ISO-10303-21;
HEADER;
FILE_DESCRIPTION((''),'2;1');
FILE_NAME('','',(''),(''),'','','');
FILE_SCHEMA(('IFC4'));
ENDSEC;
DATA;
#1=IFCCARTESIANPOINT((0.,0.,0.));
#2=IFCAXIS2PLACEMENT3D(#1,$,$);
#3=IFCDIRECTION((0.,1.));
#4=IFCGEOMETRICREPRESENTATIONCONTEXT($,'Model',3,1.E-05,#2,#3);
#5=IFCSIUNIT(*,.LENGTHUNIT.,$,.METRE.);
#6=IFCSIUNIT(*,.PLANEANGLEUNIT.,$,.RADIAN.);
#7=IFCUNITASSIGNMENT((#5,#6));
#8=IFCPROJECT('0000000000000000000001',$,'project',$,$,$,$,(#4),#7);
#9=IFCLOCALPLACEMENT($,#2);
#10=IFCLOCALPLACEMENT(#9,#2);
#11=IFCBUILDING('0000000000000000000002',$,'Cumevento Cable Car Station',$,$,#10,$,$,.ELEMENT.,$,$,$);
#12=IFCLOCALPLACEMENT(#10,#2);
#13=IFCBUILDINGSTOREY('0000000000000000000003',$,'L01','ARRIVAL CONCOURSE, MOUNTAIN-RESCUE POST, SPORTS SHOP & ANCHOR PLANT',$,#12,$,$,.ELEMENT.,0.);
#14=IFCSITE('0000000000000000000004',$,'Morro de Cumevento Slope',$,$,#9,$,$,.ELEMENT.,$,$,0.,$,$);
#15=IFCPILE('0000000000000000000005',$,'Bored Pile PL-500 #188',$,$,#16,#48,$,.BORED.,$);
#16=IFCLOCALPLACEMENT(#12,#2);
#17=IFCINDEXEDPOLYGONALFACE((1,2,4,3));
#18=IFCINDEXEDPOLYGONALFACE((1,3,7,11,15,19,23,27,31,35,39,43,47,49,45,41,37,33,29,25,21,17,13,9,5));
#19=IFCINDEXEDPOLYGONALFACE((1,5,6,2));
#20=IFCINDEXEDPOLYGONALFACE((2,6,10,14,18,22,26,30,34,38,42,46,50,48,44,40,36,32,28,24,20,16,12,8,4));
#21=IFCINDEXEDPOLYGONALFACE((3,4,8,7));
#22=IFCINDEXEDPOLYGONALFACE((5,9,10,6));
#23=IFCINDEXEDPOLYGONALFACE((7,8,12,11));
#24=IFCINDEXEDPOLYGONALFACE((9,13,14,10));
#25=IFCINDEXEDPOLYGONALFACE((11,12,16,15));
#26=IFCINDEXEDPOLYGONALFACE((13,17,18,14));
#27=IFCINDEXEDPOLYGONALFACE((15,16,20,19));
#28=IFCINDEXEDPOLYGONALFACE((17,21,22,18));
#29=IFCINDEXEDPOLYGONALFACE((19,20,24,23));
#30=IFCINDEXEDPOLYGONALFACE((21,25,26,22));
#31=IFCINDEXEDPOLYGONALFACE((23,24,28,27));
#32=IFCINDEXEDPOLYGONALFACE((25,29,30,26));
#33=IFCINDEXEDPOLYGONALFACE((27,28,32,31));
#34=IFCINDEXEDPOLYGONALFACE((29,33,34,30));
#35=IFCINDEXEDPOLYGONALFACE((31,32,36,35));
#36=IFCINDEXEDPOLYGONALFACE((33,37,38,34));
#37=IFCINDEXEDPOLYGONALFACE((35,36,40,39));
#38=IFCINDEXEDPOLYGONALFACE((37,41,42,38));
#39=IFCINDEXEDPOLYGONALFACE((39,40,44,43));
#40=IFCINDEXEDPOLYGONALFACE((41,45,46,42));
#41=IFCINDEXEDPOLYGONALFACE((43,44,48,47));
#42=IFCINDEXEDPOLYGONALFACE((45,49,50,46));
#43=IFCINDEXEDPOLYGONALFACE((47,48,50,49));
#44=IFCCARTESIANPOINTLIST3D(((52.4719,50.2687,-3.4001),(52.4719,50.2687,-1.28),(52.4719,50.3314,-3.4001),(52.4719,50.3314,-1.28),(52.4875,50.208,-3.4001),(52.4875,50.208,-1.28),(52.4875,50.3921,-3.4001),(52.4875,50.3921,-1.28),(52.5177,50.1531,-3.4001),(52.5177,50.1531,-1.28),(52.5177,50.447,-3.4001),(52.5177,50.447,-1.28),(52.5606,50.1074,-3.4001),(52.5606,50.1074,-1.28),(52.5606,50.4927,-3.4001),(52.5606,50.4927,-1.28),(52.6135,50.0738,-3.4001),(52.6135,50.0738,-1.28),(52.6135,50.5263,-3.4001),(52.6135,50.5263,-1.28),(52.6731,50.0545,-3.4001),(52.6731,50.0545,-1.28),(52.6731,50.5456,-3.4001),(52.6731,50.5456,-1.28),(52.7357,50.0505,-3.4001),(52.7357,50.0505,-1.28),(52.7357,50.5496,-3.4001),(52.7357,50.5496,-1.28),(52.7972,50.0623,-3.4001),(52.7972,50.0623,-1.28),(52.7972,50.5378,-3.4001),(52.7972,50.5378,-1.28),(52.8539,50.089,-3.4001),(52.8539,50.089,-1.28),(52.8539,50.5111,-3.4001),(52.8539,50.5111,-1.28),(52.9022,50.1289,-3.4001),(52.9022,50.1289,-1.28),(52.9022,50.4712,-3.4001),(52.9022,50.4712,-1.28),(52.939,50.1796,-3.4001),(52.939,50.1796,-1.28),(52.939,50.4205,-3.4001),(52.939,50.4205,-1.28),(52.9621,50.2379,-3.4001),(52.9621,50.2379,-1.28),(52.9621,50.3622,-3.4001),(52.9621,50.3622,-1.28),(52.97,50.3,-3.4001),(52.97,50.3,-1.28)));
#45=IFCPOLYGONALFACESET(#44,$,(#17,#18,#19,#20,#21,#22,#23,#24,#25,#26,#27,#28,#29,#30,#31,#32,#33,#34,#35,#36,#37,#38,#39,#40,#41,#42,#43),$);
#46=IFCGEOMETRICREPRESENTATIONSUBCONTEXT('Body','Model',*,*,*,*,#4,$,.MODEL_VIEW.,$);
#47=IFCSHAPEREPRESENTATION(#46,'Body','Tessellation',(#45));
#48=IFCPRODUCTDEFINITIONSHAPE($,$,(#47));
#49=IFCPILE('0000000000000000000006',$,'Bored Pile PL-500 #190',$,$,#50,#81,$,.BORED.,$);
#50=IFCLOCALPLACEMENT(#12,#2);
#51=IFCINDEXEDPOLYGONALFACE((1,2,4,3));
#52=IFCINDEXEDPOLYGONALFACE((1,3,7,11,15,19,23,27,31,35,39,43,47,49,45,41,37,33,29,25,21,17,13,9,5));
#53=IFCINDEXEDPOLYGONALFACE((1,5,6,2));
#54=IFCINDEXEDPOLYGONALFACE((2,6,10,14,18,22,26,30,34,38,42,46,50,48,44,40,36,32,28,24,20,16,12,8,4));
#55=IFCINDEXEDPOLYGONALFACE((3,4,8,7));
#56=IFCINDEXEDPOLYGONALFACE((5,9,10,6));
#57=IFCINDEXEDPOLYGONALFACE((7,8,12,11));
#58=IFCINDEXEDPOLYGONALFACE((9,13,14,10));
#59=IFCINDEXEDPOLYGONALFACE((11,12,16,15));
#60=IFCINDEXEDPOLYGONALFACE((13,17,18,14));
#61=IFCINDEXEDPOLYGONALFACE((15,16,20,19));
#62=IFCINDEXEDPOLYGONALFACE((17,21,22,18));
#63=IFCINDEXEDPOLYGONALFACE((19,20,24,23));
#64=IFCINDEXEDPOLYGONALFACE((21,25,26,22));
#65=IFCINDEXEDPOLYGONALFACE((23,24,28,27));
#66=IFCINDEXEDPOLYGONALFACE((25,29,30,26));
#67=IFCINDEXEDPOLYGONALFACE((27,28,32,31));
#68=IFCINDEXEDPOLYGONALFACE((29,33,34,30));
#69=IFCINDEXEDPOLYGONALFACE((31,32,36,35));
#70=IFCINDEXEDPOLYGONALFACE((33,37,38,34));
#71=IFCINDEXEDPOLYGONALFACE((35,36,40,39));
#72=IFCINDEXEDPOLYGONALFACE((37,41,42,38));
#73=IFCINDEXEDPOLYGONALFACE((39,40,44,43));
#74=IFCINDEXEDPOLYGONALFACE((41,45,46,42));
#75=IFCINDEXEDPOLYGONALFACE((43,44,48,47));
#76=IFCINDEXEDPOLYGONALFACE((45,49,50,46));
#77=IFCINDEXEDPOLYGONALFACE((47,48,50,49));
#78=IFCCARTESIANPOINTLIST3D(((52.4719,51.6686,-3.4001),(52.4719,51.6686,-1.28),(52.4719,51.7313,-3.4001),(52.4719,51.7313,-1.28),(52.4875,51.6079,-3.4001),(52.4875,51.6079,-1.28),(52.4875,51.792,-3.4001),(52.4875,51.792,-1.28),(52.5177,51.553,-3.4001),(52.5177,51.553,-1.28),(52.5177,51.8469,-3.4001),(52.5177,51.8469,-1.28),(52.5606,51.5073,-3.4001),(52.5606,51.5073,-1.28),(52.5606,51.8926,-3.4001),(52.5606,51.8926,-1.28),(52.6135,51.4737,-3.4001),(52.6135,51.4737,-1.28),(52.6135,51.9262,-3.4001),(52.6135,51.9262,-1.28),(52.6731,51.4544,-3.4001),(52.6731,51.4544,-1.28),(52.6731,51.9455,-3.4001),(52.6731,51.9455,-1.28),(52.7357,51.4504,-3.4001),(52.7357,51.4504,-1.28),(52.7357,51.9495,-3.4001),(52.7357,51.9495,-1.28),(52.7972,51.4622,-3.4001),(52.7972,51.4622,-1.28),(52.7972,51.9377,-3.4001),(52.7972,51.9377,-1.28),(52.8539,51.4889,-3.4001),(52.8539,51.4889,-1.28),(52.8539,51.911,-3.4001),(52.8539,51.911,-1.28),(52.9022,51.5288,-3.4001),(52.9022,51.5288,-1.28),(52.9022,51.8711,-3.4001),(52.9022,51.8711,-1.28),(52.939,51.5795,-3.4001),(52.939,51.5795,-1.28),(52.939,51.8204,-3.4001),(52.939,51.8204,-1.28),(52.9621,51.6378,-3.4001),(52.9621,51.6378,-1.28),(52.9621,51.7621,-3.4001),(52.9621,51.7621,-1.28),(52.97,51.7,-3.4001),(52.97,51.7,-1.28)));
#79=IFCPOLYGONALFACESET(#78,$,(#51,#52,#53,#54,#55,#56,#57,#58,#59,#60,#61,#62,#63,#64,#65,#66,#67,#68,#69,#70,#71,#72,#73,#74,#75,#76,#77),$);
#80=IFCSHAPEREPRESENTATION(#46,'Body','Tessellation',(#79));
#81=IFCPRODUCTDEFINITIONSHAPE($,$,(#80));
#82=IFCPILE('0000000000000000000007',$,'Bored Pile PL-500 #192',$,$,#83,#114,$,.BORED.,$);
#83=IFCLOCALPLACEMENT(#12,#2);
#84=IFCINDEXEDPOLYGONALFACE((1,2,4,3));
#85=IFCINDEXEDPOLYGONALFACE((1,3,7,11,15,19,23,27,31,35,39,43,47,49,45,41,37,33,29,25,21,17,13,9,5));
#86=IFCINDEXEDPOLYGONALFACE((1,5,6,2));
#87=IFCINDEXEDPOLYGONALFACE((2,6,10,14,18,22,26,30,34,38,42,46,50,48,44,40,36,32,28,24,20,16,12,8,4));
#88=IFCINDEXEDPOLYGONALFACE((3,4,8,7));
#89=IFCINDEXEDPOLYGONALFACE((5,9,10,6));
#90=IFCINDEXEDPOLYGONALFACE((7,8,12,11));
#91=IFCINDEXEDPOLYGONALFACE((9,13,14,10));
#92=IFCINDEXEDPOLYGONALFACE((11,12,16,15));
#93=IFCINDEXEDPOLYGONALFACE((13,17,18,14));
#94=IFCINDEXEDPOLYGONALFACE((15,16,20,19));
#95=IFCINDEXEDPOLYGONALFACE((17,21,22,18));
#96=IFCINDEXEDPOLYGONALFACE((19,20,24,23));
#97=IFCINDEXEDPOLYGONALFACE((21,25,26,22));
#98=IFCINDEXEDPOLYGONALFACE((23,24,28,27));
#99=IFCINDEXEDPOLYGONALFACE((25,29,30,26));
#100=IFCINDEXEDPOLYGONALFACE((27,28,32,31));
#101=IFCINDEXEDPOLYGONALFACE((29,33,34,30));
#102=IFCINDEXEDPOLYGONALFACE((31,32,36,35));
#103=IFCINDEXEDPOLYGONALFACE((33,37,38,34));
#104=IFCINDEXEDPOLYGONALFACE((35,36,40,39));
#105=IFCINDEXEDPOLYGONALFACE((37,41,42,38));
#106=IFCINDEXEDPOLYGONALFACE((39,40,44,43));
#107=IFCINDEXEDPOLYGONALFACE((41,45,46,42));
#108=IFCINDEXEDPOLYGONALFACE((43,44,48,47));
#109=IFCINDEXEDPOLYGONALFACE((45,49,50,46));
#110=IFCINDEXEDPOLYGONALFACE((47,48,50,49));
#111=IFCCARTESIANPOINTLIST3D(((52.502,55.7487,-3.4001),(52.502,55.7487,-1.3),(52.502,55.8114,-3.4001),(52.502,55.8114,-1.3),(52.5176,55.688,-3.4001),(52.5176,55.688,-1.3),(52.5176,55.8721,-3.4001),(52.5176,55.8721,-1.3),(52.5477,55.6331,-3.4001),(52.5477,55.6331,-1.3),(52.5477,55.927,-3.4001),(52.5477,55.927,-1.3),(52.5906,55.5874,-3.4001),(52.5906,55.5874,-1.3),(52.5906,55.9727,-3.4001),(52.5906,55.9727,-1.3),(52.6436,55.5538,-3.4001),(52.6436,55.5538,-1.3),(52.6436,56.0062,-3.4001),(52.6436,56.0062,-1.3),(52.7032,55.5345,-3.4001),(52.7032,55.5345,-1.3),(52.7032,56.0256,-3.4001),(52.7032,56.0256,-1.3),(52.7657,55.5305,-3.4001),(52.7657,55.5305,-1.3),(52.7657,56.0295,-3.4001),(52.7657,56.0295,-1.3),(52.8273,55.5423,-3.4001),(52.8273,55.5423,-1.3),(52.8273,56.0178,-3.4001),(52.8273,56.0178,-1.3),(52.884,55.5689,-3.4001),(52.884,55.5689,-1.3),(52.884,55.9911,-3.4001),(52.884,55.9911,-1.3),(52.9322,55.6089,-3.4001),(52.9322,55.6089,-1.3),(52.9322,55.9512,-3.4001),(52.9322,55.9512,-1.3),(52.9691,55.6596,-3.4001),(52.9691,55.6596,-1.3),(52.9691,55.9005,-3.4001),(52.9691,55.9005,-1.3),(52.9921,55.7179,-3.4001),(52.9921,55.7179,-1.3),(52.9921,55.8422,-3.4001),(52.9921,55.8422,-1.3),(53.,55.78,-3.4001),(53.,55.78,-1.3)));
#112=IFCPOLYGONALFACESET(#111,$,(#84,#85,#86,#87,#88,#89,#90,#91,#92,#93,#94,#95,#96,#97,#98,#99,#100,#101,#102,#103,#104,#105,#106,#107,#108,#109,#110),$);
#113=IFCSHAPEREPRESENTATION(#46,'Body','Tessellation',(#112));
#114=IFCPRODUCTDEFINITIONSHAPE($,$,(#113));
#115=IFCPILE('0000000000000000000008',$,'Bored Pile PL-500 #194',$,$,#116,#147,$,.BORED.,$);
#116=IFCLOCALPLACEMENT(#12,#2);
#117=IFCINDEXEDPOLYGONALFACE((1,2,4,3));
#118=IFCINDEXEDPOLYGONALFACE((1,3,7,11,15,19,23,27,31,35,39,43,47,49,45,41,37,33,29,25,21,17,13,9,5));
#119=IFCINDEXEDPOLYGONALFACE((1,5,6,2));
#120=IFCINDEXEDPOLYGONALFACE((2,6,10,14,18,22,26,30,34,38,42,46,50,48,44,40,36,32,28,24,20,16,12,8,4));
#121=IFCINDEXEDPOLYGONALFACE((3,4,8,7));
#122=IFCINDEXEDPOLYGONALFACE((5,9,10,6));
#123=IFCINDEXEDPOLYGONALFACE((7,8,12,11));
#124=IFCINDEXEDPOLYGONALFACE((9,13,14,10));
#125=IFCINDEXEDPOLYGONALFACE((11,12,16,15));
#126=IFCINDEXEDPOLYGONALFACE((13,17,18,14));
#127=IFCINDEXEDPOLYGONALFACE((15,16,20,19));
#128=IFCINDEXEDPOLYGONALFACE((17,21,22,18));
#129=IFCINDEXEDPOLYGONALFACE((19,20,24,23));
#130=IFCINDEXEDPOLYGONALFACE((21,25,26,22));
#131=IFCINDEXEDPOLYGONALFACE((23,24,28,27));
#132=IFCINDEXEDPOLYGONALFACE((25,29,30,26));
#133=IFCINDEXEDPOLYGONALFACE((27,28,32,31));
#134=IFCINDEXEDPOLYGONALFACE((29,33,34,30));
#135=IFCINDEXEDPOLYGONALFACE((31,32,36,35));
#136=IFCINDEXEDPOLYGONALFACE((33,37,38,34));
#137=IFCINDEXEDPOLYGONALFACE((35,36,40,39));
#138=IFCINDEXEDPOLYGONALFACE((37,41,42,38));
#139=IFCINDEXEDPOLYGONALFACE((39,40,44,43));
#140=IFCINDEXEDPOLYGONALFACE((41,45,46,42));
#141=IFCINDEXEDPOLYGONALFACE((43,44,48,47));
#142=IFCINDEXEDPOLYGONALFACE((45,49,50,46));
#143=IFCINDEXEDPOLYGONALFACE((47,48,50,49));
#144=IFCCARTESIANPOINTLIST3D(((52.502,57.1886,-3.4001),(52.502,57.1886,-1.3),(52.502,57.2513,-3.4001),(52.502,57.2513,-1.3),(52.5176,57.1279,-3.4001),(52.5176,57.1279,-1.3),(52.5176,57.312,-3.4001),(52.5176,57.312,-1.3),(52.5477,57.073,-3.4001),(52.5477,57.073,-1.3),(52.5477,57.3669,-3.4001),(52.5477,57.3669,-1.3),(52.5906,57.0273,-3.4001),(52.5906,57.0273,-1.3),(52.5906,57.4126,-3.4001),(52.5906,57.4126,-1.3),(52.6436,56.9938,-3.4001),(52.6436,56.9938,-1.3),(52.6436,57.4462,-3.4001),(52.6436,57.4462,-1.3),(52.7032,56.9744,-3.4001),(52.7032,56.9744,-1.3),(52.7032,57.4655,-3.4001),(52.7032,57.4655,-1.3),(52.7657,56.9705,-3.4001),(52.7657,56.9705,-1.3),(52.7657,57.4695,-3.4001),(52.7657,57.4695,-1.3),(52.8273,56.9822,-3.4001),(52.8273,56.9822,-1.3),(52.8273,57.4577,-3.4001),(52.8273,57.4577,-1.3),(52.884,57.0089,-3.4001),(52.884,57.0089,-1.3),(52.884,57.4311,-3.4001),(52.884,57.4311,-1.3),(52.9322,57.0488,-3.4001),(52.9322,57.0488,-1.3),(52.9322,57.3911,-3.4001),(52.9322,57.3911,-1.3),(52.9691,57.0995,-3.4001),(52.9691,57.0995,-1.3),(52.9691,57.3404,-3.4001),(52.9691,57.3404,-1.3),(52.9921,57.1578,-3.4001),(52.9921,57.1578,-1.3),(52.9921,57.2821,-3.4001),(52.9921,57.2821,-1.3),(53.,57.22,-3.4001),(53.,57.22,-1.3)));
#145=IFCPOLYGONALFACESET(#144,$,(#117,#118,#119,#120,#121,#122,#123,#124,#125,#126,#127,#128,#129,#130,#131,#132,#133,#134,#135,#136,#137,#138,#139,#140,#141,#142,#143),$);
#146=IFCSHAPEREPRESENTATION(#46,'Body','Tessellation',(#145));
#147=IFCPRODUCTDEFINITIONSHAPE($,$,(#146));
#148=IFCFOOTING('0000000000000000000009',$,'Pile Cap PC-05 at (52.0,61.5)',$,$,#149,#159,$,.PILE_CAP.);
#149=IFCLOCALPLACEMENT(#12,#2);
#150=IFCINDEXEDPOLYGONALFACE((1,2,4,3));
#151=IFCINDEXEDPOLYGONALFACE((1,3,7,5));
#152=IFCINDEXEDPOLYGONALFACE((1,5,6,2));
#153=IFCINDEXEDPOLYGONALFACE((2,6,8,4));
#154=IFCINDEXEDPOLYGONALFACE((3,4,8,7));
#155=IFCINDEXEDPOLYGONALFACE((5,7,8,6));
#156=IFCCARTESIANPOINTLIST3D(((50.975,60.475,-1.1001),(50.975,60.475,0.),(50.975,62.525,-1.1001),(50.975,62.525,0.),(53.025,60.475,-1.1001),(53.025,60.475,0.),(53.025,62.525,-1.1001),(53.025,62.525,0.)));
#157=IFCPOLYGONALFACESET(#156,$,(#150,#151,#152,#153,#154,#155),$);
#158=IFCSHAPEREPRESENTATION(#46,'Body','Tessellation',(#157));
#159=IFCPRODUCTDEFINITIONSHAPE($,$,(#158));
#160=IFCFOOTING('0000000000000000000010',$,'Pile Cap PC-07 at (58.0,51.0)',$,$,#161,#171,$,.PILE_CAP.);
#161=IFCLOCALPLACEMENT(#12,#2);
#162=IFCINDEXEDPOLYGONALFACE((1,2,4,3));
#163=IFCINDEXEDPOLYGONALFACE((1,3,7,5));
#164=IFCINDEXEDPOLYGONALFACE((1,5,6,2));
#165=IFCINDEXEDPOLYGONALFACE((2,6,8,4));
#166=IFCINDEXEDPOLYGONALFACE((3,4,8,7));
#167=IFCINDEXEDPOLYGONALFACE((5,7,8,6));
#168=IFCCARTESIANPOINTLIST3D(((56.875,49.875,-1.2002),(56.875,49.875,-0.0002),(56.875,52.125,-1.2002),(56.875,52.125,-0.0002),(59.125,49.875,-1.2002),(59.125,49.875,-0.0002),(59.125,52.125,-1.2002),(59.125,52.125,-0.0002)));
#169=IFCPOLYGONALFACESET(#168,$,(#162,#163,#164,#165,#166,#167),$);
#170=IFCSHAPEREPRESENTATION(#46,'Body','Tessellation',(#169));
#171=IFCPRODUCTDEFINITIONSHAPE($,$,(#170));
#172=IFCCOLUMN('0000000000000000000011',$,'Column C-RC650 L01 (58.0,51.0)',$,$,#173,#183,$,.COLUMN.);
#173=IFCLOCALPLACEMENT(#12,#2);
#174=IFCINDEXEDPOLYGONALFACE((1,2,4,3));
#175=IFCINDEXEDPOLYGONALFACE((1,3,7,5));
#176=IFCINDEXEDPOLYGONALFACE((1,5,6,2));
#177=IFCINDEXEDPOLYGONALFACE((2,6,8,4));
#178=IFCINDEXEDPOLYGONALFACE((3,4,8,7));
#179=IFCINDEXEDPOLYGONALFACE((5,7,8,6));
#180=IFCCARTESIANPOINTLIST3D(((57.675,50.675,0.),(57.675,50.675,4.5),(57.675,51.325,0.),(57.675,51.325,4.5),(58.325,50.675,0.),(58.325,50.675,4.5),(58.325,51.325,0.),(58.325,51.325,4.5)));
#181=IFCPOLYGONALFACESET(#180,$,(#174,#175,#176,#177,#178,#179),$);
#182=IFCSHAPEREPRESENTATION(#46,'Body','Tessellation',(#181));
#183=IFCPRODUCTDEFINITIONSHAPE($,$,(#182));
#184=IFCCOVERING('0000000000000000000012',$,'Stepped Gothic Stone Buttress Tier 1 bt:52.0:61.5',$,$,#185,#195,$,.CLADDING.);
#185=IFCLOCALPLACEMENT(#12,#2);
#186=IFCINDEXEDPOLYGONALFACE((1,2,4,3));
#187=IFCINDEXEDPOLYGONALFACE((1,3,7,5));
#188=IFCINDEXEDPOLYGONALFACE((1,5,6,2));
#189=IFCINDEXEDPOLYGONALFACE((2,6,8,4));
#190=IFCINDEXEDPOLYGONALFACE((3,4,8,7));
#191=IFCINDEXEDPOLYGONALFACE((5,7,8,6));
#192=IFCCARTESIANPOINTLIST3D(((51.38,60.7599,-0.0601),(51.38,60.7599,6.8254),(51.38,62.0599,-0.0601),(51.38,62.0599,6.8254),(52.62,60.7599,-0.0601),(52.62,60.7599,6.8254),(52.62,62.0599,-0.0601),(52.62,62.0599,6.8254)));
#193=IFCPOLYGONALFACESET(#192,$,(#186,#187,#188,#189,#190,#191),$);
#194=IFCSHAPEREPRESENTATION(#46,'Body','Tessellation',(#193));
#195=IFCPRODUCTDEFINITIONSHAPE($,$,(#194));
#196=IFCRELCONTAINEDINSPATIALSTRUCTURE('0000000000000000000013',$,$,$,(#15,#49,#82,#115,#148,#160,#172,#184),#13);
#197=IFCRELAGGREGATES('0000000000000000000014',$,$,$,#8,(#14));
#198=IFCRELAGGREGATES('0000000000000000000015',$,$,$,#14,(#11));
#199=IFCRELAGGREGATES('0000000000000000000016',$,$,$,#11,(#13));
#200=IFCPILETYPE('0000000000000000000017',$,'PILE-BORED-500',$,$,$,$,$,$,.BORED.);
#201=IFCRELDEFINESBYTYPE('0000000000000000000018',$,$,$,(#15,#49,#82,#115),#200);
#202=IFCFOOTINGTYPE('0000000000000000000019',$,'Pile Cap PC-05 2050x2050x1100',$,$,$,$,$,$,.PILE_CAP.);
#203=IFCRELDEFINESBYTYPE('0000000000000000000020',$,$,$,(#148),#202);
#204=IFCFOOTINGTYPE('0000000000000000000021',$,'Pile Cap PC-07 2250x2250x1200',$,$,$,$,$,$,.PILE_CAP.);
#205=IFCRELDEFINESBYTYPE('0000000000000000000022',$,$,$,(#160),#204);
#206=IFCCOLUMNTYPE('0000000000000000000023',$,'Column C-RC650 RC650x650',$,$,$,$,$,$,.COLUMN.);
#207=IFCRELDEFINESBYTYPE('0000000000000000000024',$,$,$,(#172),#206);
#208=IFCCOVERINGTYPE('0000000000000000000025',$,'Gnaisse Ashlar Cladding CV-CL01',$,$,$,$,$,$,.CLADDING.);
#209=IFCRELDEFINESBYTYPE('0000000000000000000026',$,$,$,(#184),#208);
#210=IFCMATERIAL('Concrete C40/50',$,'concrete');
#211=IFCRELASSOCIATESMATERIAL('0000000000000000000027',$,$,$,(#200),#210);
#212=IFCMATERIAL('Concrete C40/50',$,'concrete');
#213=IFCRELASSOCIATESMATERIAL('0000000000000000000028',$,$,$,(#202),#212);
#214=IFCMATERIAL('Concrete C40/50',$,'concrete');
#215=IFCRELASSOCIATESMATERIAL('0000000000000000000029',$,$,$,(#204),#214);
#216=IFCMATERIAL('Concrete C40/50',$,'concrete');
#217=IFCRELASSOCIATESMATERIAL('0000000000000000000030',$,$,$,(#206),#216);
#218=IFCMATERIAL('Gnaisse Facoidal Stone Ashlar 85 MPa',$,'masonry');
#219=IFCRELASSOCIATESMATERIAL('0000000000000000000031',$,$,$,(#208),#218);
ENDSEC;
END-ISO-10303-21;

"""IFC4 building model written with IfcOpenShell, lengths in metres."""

from ifc_helpers import new_model, si_unit, direction, frame, origin, origin_2d, place, context, subcontext, project, spatial, rectangle, circle, extrude, material, material_profile, profile_set, type_object, element, save


model = new_model("IFC4")

# Units and contexts
model_context = context("Model", 3, precision=1e-05, world=origin(), true_north=direction((0.0, 1.0)))
body_context = subcontext(model_context, "Body", "Model", "MODEL_VIEW")
ifc_project = project(units=[si_unit("LENGTHUNIT", "METRE"), si_unit("PLANEANGLEUNIT", "RADIAN")], contexts=[model_context])

# Site, building, storey
site_placement = place(None, origin())
site = spatial("IfcSite", under=ifc_project, at=site_placement, Name="Morro de Cumevento Slope", CompositionType="ELEMENT", RefElevation=0.0)
building_placement = place(site_placement, origin())
building = spatial("IfcBuilding", under=site, at=building_placement, Name="Cumevento Cable Car Station", CompositionType="ELEMENT")
storey_placement = place(building_placement, origin())
storey = spatial("IfcBuildingStorey", under=building, at=storey_placement, Name="L01", Description="ARRIVAL CONCOURSE, MOUNTAIN-RESCUE POST, SPORTS SHOP & ANCHOR PLANT", CompositionType="ELEMENT", Elevation=0.0)

# Piles
ifc_material_1 = material(Name="Concrete C40/50", Category="concrete")
ifc_material_profile_1 = material_profile(ifc_material_1, circle(Radius=0.25, at=origin_2d()), Name="PILE-D500")
ifc_profile_set_1 = profile_set([ifc_material_profile_1], Name="Concrete C40/50")
pile_type_1 = type_object("IfcPileType", Name="PILE-BORED-500", PredefinedType="BORED", material=ifc_profile_set_1)
for number, where, z_axis, x_axis, name in (
    (1, (52.72, 50.3, -1.28), (0.0, 0.0, -1.0), (1.0, 0.0, 0.0), "Bored Pile PL-500 #188"),
    (2, (52.72, 51.7, -1.28), (0.0, 0.0, -1.0), (1.0, 0.0, 0.0), "Bored Pile PL-500 #190"),
):
    element("IfcPile", number, at=place(storey_placement, frame(where, z_axis=z_axis, x_axis=x_axis)), inside=storey, type_object=pile_type_1, Name=name, PredefinedType="BORED", context=body_context, shape_type="SweptSolid", body=[
        extrude(circle(Radius=0.25, at=origin_2d()), origin(), (0.0, 0.0, 1.0), 2.1201),
    ])
for number, where, z_axis, x_axis, name in (
    (3, (52.75, 55.78, -1.3), (0.0, 0.0, -1.0), (1.0, 0.0, 0.0), "Bored Pile PL-500 #192"),
    (4, (52.75, 57.22, -1.3), (0.0, 0.0, -1.0), (1.0, 0.0, 0.0), "Bored Pile PL-500 #194"),
):
    element("IfcPile", number, at=place(storey_placement, frame(where, z_axis=z_axis, x_axis=x_axis)), inside=storey, type_object=pile_type_1, Name=name, PredefinedType="BORED", context=body_context, shape_type="SweptSolid", body=[
        extrude(circle(Radius=0.25, at=origin_2d()), origin(), (0.0, 0.0, 1.0), 2.1001),
    ])

# Footings
ifc_material_2 = material(Name="Concrete C40/50", Category="concrete")
footing_type_1 = type_object("IfcFootingType", Name="Pile Cap PC-05 2050x2050x1100", PredefinedType="PILE_CAP", material=ifc_material_2)
footing_1_placement = place(storey_placement, frame((52.0, 61.5, -1.1001), z_axis=(0.0, 0.0, 1.0), x_axis=(1.0, 0.0, 0.0)))
element("IfcFooting", 5, at=footing_1_placement, inside=storey, type_object=footing_type_1, Name="Pile Cap PC-05 at (52.0,61.5)", PredefinedType="PILE_CAP", context=body_context, shape_type="SweptSolid", body=[
    extrude(rectangle(XDim=2.05, YDim=2.05, at=origin_2d()), origin(), (0.0, 0.0, 1.0), 1.1001),
])
ifc_material_3 = material(Name="Concrete C40/50", Category="concrete")
footing_type_2 = type_object("IfcFootingType", Name="Pile Cap PC-07 2250x2250x1200", PredefinedType="PILE_CAP", material=ifc_material_3)
footing_2_placement = place(storey_placement, frame((58.0, 51.0, -1.2002), z_axis=(0.0, 0.0, 1.0), x_axis=(1.0, 0.0, 0.0)))
element("IfcFooting", 6, at=footing_2_placement, inside=storey, type_object=footing_type_2, Name="Pile Cap PC-07 at (58.0,51.0)", PredefinedType="PILE_CAP", context=body_context, shape_type="SweptSolid", body=[
    extrude(rectangle(XDim=2.25, YDim=2.25, at=origin_2d()), origin(), (0.0, 0.0, 1.0), 1.2),
])

# Column
ifc_material_4 = material(Name="Concrete C40/50", Category="concrete")
ifc_material_profile_2 = material_profile(ifc_material_4, rectangle(XDim=0.6499, YDim=0.6499, at=origin_2d()), Name="RC650x650")
ifc_profile_set_2 = profile_set([ifc_material_profile_2], Name="Concrete C40/50")
column_type = type_object("IfcColumnType", Name="Column C-RC650 RC650x650", PredefinedType="COLUMN", material=ifc_profile_set_2)
column_placement = place(storey_placement, frame((58.0, 51.0, 0.0), z_axis=(0.0, 0.0, 1.0), x_axis=(1.0, 0.0, 0.0)))
element("IfcColumn", 7, at=column_placement, inside=storey, type_object=column_type, Name="Column C-RC650 L01 (58.0,51.0)", PredefinedType="COLUMN", context=body_context, shape_type="SweptSolid", body=[
    extrude(rectangle(XDim=0.6499, YDim=0.6499, at=origin_2d()), origin(), (0.0, 0.0, 1.0), 4.5),
])

# Covering
ifc_material_5 = material(Name="Gnaisse Facoidal Stone Ashlar 85 MPa", Category="masonry")
covering_type = type_object("IfcCoveringType", Name="Gnaisse Ashlar Cladding CV-CL01", PredefinedType="CLADDING", material=ifc_material_5)
covering_1_placement = place(storey_placement, frame((52.0, 61.4099, -0.0601), z_axis=(0.0, 0.0, 1.0), x_axis=(1.0, 0.0, 0.0)))
element("IfcCovering", 8, at=covering_1_placement, inside=storey, type_object=covering_type, Name="Stepped Gothic Stone Buttress Tier 1 bt:52.0:61.5", PredefinedType="CLADDING", context=body_context, shape_type="SweptSolid", body=[
    extrude(rectangle(XDim=1.24, YDim=1.3, at=origin_2d()), origin(), (0.0, 0.0, 1.0), 6.8855),
])

save(model, "model.ifc")
